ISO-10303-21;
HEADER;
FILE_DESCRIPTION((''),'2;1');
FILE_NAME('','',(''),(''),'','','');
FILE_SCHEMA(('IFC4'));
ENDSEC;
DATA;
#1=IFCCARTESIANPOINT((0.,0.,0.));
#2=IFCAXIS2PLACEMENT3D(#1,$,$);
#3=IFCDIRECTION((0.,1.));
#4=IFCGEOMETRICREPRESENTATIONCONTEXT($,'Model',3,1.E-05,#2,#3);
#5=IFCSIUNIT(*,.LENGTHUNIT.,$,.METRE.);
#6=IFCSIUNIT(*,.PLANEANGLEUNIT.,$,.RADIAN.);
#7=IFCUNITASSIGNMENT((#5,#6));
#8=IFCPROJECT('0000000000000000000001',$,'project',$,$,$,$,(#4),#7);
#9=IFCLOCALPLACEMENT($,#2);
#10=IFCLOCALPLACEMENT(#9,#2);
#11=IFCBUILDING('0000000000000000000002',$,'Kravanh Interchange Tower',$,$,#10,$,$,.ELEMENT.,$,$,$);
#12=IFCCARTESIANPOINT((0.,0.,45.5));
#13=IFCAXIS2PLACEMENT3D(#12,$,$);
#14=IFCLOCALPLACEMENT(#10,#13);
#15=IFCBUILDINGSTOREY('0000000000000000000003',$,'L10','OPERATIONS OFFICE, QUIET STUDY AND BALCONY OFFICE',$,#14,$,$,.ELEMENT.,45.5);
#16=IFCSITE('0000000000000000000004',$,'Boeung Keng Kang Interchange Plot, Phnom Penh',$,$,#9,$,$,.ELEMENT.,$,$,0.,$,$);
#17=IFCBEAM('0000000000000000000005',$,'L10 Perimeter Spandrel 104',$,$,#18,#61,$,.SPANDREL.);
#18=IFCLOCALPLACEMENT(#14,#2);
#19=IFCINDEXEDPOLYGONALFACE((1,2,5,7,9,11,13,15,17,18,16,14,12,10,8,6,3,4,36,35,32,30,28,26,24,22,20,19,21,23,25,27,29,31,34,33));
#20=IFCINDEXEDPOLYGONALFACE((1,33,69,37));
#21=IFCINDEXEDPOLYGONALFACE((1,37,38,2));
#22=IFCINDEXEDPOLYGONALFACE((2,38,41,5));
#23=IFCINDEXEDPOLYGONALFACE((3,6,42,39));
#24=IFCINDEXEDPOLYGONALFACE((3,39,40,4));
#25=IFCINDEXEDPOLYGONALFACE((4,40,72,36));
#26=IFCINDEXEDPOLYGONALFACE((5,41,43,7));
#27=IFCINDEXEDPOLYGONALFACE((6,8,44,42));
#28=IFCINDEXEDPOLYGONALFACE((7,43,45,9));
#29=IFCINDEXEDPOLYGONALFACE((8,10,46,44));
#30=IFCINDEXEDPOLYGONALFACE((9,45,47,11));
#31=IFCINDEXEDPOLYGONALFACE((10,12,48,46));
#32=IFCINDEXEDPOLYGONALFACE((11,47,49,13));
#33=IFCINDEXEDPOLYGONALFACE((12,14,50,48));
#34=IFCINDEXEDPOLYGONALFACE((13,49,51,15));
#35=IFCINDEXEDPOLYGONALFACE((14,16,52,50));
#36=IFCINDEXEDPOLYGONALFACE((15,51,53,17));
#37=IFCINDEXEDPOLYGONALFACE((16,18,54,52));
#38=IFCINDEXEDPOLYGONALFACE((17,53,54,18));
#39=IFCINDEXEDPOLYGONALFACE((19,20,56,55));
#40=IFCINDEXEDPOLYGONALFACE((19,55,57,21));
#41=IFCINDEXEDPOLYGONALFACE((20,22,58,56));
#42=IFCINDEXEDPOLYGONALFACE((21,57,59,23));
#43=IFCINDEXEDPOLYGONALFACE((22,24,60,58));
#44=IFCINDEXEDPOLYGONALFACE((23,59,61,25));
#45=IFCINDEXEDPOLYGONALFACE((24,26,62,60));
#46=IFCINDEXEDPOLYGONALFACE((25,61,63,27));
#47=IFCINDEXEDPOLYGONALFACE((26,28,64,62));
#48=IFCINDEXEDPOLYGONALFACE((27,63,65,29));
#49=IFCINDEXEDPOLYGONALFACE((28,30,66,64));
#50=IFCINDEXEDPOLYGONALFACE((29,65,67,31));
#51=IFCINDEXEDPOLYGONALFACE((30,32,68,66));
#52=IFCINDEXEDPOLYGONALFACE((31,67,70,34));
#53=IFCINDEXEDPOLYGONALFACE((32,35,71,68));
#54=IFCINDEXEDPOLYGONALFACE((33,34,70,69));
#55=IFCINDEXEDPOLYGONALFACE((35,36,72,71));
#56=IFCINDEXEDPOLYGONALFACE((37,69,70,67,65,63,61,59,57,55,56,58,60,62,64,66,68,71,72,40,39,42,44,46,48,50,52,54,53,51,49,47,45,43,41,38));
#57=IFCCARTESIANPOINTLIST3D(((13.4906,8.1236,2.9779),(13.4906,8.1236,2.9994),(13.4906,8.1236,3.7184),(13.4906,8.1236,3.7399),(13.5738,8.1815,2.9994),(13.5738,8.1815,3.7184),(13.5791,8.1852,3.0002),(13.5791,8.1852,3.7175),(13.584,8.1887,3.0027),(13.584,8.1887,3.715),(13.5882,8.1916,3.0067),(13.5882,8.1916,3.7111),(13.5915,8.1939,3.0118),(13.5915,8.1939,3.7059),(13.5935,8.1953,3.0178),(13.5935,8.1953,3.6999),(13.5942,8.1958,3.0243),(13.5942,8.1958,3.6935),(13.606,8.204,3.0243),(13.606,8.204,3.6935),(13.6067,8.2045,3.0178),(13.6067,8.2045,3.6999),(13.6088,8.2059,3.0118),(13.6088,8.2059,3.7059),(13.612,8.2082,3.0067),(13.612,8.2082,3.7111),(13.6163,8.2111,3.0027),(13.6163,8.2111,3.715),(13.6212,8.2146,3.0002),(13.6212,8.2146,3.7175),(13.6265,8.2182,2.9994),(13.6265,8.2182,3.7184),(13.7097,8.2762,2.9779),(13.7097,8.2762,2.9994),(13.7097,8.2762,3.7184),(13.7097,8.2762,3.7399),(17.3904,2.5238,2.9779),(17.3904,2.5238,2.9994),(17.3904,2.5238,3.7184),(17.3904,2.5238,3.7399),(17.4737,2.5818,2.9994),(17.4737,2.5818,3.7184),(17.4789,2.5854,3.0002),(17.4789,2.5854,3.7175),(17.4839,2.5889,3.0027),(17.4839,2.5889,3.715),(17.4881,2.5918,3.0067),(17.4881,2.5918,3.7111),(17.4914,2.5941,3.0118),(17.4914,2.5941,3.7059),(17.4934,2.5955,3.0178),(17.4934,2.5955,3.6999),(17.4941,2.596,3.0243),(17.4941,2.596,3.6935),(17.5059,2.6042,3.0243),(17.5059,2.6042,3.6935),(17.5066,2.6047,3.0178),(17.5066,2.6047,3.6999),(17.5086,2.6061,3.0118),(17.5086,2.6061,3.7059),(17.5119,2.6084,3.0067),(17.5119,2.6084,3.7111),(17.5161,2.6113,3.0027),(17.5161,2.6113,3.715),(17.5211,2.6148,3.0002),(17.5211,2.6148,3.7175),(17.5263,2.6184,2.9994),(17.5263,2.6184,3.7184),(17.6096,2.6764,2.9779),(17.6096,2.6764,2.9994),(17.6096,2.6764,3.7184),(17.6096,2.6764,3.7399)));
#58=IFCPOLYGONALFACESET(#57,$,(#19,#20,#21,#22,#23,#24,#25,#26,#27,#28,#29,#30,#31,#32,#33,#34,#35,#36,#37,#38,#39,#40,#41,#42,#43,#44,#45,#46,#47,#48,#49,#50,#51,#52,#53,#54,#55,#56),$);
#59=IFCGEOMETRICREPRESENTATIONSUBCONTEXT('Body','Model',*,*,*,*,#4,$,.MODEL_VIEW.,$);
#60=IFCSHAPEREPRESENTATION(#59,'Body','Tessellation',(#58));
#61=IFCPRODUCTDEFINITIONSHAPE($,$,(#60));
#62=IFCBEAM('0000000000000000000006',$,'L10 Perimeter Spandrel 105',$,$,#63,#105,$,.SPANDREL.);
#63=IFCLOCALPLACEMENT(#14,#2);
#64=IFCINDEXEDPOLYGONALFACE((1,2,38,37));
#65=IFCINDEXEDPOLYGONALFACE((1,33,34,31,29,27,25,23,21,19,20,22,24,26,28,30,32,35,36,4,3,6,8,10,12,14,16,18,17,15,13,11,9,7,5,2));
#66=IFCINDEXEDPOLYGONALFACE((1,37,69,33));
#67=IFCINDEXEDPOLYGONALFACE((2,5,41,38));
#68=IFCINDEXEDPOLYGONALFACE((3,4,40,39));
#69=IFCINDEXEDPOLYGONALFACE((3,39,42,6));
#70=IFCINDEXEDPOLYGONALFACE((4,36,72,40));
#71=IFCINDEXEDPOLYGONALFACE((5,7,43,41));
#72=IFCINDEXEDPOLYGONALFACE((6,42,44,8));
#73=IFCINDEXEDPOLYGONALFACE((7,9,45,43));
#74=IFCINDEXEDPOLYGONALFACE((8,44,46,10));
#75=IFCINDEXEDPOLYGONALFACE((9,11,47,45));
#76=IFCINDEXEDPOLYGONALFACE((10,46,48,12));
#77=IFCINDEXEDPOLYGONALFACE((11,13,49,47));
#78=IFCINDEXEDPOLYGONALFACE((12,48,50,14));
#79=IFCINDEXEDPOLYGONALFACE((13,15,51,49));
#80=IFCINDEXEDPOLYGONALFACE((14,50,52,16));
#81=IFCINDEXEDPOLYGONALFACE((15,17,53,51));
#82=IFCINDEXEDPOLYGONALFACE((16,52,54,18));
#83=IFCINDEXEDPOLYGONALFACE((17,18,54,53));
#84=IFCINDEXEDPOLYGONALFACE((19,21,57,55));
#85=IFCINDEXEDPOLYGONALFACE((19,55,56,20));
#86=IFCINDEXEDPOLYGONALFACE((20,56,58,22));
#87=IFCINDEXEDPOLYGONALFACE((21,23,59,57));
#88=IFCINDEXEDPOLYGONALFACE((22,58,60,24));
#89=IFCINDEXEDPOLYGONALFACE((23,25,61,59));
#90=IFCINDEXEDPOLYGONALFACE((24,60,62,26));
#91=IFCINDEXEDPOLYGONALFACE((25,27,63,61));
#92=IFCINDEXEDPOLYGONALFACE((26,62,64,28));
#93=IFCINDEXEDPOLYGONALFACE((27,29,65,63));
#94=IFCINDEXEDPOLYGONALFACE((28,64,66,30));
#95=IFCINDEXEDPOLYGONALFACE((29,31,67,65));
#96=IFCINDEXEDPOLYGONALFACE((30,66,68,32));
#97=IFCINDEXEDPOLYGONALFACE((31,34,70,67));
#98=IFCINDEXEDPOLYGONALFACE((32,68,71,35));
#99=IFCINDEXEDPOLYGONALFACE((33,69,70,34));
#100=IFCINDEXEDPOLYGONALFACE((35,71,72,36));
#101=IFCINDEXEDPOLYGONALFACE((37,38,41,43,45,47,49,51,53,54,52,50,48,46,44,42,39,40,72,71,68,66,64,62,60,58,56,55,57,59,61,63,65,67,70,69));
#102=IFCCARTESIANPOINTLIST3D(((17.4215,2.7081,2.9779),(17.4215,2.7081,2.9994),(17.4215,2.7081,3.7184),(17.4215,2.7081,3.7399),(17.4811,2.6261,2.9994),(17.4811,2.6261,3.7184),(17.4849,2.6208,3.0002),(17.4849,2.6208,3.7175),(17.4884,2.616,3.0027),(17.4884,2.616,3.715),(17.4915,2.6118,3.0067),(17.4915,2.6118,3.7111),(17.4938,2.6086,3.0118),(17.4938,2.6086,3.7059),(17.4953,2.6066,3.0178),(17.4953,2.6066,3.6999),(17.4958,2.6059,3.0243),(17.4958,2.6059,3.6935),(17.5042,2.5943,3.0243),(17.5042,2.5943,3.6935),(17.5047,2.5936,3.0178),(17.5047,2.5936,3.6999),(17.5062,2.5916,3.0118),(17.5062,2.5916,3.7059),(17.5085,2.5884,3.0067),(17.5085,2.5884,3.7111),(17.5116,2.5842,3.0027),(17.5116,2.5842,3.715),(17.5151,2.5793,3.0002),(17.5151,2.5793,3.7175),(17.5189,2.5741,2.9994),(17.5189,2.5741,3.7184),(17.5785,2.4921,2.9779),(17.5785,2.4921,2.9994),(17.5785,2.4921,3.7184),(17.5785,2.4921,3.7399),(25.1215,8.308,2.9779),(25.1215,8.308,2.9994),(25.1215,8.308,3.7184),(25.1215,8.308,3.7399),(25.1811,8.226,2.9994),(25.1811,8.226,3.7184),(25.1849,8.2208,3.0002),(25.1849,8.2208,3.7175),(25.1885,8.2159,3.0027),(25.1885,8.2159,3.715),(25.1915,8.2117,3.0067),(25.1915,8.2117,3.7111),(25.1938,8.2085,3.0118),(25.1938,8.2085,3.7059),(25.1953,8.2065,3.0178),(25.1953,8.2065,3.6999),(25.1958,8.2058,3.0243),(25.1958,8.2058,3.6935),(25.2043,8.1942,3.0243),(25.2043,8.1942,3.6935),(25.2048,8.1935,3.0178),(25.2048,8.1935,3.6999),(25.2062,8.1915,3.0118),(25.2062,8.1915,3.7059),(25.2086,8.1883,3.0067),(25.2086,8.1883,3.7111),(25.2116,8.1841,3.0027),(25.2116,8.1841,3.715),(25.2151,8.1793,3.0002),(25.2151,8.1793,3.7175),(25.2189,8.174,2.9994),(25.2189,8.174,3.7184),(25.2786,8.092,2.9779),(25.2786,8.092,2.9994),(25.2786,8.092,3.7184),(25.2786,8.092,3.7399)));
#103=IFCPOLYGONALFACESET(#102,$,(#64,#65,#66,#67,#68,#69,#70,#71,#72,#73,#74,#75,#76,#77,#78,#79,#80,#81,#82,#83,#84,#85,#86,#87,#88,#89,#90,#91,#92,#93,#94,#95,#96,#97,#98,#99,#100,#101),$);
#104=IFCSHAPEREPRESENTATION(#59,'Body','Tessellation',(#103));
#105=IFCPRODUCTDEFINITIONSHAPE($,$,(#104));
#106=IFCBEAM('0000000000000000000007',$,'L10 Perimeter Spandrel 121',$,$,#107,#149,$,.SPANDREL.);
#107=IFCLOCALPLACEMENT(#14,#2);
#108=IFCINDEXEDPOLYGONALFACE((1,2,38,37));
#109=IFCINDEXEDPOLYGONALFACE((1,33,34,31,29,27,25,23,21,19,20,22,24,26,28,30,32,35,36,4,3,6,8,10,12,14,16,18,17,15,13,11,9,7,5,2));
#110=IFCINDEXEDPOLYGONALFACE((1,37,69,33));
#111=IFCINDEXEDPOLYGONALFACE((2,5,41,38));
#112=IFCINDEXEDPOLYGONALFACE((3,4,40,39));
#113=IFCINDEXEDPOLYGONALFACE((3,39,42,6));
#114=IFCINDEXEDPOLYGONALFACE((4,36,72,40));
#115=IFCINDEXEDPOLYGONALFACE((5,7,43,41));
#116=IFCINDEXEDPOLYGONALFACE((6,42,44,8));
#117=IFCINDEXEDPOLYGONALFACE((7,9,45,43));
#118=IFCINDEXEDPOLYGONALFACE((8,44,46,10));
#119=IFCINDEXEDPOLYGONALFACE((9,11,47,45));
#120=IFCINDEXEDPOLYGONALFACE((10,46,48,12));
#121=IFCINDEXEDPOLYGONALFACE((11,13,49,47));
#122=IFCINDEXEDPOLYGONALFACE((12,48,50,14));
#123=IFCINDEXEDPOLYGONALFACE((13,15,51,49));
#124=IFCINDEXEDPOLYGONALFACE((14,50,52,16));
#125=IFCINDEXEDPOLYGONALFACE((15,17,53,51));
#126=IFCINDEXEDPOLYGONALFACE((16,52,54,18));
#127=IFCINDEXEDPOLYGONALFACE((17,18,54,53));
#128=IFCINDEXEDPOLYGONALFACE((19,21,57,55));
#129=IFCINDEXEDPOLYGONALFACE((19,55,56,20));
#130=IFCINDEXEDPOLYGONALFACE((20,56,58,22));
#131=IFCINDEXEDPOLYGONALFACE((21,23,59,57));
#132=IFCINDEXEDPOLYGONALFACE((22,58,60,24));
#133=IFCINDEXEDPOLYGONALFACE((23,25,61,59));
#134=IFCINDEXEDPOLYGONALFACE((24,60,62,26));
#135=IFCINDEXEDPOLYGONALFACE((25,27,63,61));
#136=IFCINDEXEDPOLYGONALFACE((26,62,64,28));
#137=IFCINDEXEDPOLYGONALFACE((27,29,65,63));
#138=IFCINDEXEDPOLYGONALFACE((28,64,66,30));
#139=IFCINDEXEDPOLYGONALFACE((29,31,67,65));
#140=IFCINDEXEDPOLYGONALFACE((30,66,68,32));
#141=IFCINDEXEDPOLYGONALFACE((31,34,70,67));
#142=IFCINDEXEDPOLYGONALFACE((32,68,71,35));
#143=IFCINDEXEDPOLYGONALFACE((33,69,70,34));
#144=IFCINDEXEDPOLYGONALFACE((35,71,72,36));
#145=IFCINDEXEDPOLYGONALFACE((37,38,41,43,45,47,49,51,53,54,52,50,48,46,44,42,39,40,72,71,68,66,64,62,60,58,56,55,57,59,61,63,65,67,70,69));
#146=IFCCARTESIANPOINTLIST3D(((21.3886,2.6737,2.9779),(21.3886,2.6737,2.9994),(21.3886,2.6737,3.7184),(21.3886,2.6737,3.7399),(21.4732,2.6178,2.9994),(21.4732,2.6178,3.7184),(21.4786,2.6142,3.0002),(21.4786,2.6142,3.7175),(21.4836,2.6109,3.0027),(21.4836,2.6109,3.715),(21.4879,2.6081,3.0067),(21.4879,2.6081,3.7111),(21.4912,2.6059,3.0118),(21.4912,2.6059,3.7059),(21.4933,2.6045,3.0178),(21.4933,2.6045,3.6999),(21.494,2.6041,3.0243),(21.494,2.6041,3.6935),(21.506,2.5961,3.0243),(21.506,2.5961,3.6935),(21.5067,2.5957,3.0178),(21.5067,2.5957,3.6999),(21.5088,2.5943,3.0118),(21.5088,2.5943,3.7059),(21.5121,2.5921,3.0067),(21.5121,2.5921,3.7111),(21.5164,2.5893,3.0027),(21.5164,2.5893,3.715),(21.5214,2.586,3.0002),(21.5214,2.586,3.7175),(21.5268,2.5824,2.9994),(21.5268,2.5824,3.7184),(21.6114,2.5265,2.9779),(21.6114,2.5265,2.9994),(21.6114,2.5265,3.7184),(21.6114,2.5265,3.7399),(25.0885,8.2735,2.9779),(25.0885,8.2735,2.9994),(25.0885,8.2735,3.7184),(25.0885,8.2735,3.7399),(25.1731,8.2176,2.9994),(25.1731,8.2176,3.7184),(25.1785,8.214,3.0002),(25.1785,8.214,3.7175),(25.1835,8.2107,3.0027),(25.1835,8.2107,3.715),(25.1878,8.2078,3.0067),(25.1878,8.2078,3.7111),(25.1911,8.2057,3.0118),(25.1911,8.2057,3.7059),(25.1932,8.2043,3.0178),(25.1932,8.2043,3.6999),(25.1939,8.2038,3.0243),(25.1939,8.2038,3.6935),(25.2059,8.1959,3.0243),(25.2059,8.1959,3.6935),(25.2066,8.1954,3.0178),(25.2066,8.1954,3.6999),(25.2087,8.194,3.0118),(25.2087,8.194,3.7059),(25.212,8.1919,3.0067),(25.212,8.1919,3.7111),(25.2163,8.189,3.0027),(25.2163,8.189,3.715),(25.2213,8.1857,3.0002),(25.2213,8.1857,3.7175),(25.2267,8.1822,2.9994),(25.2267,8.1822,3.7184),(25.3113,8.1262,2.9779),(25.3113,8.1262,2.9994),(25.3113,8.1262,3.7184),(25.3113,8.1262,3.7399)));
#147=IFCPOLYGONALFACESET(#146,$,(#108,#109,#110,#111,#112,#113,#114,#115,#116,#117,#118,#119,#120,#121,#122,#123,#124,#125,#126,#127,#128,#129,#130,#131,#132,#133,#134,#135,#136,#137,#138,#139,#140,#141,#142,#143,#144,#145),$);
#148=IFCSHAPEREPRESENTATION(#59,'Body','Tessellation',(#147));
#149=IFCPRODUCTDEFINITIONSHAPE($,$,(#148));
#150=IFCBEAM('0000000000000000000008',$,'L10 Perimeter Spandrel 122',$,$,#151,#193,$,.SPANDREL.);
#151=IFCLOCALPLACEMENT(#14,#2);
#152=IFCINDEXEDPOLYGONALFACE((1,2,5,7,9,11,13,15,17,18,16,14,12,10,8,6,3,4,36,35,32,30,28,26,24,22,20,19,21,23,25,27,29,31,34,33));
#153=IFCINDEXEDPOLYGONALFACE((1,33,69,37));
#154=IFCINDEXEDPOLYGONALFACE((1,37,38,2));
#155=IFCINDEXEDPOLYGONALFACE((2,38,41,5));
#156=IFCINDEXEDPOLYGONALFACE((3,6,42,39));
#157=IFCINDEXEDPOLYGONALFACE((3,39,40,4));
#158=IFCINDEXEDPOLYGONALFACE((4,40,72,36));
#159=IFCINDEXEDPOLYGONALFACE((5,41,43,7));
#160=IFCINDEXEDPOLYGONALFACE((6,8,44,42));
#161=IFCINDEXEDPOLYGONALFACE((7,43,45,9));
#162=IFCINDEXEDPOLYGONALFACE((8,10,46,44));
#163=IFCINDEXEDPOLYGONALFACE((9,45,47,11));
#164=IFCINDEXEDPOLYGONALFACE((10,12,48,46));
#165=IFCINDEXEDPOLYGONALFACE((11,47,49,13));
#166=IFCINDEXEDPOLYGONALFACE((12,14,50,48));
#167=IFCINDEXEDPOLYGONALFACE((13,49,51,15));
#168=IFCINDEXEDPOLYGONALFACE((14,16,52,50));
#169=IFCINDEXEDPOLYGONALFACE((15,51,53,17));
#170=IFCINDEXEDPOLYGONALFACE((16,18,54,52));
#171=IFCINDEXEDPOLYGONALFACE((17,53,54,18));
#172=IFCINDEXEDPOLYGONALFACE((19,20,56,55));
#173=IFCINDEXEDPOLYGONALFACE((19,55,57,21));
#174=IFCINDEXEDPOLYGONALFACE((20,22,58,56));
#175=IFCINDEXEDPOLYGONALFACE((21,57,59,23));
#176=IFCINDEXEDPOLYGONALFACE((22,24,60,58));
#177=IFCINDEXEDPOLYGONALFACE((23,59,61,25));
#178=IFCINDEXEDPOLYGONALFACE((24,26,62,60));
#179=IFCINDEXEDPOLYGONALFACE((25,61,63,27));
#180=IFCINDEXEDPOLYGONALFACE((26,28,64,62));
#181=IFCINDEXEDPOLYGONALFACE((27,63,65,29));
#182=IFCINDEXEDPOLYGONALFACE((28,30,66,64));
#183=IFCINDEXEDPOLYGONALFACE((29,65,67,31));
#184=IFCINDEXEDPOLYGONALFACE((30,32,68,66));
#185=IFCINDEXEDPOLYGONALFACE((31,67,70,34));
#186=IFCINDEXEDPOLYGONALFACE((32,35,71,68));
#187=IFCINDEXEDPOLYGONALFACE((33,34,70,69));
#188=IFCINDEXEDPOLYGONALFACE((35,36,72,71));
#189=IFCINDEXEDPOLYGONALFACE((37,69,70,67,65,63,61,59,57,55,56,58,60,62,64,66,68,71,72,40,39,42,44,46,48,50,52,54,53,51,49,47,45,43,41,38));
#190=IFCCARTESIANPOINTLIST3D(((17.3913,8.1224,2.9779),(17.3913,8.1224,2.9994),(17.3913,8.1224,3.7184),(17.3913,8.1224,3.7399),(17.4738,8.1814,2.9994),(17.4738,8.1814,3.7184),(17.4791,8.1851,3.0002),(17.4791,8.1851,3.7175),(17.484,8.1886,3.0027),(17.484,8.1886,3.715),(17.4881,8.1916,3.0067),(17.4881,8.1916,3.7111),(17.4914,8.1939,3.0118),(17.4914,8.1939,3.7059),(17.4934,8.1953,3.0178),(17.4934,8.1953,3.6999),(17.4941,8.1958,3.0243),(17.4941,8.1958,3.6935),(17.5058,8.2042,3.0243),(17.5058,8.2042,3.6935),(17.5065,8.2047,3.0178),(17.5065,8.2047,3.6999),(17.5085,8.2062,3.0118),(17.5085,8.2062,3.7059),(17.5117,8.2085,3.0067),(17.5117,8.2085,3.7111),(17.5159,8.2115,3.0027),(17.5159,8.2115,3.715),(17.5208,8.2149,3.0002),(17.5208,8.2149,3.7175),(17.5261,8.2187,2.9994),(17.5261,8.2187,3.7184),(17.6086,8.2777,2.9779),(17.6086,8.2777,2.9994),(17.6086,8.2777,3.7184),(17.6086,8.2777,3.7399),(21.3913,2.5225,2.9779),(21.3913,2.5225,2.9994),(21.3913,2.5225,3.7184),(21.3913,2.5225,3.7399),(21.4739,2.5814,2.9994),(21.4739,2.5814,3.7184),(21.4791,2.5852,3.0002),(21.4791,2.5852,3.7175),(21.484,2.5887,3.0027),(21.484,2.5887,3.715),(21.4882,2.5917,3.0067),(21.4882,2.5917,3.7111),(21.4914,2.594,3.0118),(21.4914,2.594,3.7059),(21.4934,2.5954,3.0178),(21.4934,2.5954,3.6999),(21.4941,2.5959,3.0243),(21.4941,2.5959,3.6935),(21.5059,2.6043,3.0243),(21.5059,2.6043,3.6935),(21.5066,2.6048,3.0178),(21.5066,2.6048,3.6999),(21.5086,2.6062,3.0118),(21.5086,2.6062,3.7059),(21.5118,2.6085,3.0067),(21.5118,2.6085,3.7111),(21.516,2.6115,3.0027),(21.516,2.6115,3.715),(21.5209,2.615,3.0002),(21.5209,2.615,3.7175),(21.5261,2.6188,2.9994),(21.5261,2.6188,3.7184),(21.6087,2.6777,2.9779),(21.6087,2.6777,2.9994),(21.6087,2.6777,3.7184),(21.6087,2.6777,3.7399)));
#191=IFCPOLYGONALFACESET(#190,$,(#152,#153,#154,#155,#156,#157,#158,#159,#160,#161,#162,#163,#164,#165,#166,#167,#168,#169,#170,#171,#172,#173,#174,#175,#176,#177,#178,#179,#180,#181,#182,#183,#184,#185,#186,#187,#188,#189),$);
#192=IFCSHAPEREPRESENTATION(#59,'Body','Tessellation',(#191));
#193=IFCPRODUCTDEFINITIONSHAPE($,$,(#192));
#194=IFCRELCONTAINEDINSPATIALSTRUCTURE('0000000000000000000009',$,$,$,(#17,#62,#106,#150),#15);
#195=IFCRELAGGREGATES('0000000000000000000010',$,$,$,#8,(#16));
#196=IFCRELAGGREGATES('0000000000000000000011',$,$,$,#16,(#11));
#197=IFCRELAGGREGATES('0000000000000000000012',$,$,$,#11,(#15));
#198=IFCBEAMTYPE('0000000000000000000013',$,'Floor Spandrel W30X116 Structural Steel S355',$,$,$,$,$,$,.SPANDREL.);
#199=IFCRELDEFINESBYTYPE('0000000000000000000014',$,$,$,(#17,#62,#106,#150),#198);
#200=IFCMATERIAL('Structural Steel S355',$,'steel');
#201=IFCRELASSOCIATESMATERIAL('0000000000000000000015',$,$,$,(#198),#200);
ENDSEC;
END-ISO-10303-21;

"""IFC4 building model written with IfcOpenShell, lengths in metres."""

from ifc_helpers import new_model, si_unit, direction, frame, origin, origin_2d, place, context, subcontext, project, spatial, i_section, extrude, material, material_profile, profile_set, type_object, element, save


model = new_model("IFC4")

# Units and contexts
model_context = context("Model", 3, precision=1e-05, world=origin(), true_north=direction((0.0, 1.0)))
body_context = subcontext(model_context, "Body", "Model", "MODEL_VIEW")
ifc_project = project(units=[si_unit("LENGTHUNIT", "METRE"), si_unit("PLANEANGLEUNIT", "RADIAN")], contexts=[model_context])

# Site, building, storey
site_placement = place(None, origin())
site = spatial("IfcSite", under=ifc_project, at=site_placement, Name="Boeung Keng Kang Interchange Plot, Phnom Penh", CompositionType="ELEMENT", RefElevation=0.0)
building_placement = place(site_placement, origin())
building = spatial("IfcBuilding", under=site, at=building_placement, Name="Kravanh Interchange Tower", CompositionType="ELEMENT")
storey_placement = place(building_placement, frame((0.0, 0.0, 45.5)))
storey = spatial("IfcBuildingStorey", under=building, at=storey_placement, Name="L10", Description="OPERATIONS OFFICE, QUIET STUDY AND BALCONY OFFICE", CompositionType="ELEMENT", Elevation=45.5)

# Beams
ifc_material_1 = material(Name="Structural Steel S355", Category="steel")
ifc_material_profile_1 = material_profile(ifc_material_1, i_section(OverallWidth=0.2671, OverallDepth=0.762, WebThickness=0.0144, FlangeThickness=0.0215, FilletRadius=0.0249, at=origin_2d()), Name="W30X116")
ifc_profile_set_1 = profile_set([ifc_material_profile_1], Name="Structural Steel S355")
beam_type_1 = type_object("IfcBeamType", Name="Floor Spandrel W30X116 Structural Steel S355", PredefinedType="SPANDREL", material=ifc_profile_set_1)
beam_1_placement = place(storey_placement, frame((17.5, 2.6001, 3.3589), z_axis=(-0.571494, 0.820606, 0.0), x_axis=(-0.820606, -0.571494, 0.0)))
element("IfcBeam", 1, at=beam_1_placement, inside=storey, type_object=beam_type_1, Name="L10 Perimeter Spandrel 104", PredefinedType="SPANDREL", context=body_context, shape_type="SweptSolid", body=[
    extrude(i_section(OverallWidth=0.2671, OverallDepth=0.762, WebThickness=0.0144, FlangeThickness=0.0215, FilletRadius=0.0249, at=origin_2d()), origin(), (0.0, 0.0, 1.0), 6.824),
])
beam_2_placement = place(storey_placement, frame((17.5, 2.6001, 3.3589), z_axis=(0.808742, 0.588164, 0.0), x_axis=(-0.588164, 0.808742, 0.0)))
element("IfcBeam", 2, at=beam_2_placement, inside=storey, type_object=beam_type_1, Name="L10 Perimeter Spandrel 105", PredefinedType="SPANDREL", context=body_context, shape_type="SweptSolid", body=[
    extrude(i_section(OverallWidth=0.2671, OverallDepth=0.762, WebThickness=0.0144, FlangeThickness=0.0215, FilletRadius=0.0249, at=origin_2d()), origin(), (0.0, 0.0, 1.0), 9.521),
])
beam_3_placement = place(storey_placement, frame((21.5, 2.6001, 3.3589), z_axis=(0.551262, 0.834332, 0.0), x_axis=(-0.834332, 0.551262, 0.0)))
element("IfcBeam", 3, at=beam_3_placement, inside=storey, type_object=beam_type_1, Name="L10 Perimeter Spandrel 121", PredefinedType="SPANDREL", context=body_context, shape_type="SweptSolid", body=[
    extrude(i_section(OverallWidth=0.2671, OverallDepth=0.762, WebThickness=0.0144, FlangeThickness=0.0215, FilletRadius=0.0249, at=origin_2d()), origin(), (0.0, 0.0, 1.0), 6.7117),
])
beam_4_placement = place(storey_placement, frame((21.5, 2.6001, 3.3589), z_axis=(-0.581248, 0.813726, 0.0), x_axis=(-0.813726, -0.581248, 0.0)))
element("IfcBeam", 4, at=beam_4_placement, inside=storey, type_object=beam_type_1, Name="L10 Perimeter Spandrel 122", PredefinedType="SPANDREL", context=body_context, shape_type="SweptSolid", body=[
    extrude(i_section(OverallWidth=0.2671, OverallDepth=0.762, WebThickness=0.0144, FlangeThickness=0.0215, FilletRadius=0.0249, at=origin_2d()), origin(), (0.0, 0.0, 1.0), 6.8818),
])

save(model, "model.ifc")
